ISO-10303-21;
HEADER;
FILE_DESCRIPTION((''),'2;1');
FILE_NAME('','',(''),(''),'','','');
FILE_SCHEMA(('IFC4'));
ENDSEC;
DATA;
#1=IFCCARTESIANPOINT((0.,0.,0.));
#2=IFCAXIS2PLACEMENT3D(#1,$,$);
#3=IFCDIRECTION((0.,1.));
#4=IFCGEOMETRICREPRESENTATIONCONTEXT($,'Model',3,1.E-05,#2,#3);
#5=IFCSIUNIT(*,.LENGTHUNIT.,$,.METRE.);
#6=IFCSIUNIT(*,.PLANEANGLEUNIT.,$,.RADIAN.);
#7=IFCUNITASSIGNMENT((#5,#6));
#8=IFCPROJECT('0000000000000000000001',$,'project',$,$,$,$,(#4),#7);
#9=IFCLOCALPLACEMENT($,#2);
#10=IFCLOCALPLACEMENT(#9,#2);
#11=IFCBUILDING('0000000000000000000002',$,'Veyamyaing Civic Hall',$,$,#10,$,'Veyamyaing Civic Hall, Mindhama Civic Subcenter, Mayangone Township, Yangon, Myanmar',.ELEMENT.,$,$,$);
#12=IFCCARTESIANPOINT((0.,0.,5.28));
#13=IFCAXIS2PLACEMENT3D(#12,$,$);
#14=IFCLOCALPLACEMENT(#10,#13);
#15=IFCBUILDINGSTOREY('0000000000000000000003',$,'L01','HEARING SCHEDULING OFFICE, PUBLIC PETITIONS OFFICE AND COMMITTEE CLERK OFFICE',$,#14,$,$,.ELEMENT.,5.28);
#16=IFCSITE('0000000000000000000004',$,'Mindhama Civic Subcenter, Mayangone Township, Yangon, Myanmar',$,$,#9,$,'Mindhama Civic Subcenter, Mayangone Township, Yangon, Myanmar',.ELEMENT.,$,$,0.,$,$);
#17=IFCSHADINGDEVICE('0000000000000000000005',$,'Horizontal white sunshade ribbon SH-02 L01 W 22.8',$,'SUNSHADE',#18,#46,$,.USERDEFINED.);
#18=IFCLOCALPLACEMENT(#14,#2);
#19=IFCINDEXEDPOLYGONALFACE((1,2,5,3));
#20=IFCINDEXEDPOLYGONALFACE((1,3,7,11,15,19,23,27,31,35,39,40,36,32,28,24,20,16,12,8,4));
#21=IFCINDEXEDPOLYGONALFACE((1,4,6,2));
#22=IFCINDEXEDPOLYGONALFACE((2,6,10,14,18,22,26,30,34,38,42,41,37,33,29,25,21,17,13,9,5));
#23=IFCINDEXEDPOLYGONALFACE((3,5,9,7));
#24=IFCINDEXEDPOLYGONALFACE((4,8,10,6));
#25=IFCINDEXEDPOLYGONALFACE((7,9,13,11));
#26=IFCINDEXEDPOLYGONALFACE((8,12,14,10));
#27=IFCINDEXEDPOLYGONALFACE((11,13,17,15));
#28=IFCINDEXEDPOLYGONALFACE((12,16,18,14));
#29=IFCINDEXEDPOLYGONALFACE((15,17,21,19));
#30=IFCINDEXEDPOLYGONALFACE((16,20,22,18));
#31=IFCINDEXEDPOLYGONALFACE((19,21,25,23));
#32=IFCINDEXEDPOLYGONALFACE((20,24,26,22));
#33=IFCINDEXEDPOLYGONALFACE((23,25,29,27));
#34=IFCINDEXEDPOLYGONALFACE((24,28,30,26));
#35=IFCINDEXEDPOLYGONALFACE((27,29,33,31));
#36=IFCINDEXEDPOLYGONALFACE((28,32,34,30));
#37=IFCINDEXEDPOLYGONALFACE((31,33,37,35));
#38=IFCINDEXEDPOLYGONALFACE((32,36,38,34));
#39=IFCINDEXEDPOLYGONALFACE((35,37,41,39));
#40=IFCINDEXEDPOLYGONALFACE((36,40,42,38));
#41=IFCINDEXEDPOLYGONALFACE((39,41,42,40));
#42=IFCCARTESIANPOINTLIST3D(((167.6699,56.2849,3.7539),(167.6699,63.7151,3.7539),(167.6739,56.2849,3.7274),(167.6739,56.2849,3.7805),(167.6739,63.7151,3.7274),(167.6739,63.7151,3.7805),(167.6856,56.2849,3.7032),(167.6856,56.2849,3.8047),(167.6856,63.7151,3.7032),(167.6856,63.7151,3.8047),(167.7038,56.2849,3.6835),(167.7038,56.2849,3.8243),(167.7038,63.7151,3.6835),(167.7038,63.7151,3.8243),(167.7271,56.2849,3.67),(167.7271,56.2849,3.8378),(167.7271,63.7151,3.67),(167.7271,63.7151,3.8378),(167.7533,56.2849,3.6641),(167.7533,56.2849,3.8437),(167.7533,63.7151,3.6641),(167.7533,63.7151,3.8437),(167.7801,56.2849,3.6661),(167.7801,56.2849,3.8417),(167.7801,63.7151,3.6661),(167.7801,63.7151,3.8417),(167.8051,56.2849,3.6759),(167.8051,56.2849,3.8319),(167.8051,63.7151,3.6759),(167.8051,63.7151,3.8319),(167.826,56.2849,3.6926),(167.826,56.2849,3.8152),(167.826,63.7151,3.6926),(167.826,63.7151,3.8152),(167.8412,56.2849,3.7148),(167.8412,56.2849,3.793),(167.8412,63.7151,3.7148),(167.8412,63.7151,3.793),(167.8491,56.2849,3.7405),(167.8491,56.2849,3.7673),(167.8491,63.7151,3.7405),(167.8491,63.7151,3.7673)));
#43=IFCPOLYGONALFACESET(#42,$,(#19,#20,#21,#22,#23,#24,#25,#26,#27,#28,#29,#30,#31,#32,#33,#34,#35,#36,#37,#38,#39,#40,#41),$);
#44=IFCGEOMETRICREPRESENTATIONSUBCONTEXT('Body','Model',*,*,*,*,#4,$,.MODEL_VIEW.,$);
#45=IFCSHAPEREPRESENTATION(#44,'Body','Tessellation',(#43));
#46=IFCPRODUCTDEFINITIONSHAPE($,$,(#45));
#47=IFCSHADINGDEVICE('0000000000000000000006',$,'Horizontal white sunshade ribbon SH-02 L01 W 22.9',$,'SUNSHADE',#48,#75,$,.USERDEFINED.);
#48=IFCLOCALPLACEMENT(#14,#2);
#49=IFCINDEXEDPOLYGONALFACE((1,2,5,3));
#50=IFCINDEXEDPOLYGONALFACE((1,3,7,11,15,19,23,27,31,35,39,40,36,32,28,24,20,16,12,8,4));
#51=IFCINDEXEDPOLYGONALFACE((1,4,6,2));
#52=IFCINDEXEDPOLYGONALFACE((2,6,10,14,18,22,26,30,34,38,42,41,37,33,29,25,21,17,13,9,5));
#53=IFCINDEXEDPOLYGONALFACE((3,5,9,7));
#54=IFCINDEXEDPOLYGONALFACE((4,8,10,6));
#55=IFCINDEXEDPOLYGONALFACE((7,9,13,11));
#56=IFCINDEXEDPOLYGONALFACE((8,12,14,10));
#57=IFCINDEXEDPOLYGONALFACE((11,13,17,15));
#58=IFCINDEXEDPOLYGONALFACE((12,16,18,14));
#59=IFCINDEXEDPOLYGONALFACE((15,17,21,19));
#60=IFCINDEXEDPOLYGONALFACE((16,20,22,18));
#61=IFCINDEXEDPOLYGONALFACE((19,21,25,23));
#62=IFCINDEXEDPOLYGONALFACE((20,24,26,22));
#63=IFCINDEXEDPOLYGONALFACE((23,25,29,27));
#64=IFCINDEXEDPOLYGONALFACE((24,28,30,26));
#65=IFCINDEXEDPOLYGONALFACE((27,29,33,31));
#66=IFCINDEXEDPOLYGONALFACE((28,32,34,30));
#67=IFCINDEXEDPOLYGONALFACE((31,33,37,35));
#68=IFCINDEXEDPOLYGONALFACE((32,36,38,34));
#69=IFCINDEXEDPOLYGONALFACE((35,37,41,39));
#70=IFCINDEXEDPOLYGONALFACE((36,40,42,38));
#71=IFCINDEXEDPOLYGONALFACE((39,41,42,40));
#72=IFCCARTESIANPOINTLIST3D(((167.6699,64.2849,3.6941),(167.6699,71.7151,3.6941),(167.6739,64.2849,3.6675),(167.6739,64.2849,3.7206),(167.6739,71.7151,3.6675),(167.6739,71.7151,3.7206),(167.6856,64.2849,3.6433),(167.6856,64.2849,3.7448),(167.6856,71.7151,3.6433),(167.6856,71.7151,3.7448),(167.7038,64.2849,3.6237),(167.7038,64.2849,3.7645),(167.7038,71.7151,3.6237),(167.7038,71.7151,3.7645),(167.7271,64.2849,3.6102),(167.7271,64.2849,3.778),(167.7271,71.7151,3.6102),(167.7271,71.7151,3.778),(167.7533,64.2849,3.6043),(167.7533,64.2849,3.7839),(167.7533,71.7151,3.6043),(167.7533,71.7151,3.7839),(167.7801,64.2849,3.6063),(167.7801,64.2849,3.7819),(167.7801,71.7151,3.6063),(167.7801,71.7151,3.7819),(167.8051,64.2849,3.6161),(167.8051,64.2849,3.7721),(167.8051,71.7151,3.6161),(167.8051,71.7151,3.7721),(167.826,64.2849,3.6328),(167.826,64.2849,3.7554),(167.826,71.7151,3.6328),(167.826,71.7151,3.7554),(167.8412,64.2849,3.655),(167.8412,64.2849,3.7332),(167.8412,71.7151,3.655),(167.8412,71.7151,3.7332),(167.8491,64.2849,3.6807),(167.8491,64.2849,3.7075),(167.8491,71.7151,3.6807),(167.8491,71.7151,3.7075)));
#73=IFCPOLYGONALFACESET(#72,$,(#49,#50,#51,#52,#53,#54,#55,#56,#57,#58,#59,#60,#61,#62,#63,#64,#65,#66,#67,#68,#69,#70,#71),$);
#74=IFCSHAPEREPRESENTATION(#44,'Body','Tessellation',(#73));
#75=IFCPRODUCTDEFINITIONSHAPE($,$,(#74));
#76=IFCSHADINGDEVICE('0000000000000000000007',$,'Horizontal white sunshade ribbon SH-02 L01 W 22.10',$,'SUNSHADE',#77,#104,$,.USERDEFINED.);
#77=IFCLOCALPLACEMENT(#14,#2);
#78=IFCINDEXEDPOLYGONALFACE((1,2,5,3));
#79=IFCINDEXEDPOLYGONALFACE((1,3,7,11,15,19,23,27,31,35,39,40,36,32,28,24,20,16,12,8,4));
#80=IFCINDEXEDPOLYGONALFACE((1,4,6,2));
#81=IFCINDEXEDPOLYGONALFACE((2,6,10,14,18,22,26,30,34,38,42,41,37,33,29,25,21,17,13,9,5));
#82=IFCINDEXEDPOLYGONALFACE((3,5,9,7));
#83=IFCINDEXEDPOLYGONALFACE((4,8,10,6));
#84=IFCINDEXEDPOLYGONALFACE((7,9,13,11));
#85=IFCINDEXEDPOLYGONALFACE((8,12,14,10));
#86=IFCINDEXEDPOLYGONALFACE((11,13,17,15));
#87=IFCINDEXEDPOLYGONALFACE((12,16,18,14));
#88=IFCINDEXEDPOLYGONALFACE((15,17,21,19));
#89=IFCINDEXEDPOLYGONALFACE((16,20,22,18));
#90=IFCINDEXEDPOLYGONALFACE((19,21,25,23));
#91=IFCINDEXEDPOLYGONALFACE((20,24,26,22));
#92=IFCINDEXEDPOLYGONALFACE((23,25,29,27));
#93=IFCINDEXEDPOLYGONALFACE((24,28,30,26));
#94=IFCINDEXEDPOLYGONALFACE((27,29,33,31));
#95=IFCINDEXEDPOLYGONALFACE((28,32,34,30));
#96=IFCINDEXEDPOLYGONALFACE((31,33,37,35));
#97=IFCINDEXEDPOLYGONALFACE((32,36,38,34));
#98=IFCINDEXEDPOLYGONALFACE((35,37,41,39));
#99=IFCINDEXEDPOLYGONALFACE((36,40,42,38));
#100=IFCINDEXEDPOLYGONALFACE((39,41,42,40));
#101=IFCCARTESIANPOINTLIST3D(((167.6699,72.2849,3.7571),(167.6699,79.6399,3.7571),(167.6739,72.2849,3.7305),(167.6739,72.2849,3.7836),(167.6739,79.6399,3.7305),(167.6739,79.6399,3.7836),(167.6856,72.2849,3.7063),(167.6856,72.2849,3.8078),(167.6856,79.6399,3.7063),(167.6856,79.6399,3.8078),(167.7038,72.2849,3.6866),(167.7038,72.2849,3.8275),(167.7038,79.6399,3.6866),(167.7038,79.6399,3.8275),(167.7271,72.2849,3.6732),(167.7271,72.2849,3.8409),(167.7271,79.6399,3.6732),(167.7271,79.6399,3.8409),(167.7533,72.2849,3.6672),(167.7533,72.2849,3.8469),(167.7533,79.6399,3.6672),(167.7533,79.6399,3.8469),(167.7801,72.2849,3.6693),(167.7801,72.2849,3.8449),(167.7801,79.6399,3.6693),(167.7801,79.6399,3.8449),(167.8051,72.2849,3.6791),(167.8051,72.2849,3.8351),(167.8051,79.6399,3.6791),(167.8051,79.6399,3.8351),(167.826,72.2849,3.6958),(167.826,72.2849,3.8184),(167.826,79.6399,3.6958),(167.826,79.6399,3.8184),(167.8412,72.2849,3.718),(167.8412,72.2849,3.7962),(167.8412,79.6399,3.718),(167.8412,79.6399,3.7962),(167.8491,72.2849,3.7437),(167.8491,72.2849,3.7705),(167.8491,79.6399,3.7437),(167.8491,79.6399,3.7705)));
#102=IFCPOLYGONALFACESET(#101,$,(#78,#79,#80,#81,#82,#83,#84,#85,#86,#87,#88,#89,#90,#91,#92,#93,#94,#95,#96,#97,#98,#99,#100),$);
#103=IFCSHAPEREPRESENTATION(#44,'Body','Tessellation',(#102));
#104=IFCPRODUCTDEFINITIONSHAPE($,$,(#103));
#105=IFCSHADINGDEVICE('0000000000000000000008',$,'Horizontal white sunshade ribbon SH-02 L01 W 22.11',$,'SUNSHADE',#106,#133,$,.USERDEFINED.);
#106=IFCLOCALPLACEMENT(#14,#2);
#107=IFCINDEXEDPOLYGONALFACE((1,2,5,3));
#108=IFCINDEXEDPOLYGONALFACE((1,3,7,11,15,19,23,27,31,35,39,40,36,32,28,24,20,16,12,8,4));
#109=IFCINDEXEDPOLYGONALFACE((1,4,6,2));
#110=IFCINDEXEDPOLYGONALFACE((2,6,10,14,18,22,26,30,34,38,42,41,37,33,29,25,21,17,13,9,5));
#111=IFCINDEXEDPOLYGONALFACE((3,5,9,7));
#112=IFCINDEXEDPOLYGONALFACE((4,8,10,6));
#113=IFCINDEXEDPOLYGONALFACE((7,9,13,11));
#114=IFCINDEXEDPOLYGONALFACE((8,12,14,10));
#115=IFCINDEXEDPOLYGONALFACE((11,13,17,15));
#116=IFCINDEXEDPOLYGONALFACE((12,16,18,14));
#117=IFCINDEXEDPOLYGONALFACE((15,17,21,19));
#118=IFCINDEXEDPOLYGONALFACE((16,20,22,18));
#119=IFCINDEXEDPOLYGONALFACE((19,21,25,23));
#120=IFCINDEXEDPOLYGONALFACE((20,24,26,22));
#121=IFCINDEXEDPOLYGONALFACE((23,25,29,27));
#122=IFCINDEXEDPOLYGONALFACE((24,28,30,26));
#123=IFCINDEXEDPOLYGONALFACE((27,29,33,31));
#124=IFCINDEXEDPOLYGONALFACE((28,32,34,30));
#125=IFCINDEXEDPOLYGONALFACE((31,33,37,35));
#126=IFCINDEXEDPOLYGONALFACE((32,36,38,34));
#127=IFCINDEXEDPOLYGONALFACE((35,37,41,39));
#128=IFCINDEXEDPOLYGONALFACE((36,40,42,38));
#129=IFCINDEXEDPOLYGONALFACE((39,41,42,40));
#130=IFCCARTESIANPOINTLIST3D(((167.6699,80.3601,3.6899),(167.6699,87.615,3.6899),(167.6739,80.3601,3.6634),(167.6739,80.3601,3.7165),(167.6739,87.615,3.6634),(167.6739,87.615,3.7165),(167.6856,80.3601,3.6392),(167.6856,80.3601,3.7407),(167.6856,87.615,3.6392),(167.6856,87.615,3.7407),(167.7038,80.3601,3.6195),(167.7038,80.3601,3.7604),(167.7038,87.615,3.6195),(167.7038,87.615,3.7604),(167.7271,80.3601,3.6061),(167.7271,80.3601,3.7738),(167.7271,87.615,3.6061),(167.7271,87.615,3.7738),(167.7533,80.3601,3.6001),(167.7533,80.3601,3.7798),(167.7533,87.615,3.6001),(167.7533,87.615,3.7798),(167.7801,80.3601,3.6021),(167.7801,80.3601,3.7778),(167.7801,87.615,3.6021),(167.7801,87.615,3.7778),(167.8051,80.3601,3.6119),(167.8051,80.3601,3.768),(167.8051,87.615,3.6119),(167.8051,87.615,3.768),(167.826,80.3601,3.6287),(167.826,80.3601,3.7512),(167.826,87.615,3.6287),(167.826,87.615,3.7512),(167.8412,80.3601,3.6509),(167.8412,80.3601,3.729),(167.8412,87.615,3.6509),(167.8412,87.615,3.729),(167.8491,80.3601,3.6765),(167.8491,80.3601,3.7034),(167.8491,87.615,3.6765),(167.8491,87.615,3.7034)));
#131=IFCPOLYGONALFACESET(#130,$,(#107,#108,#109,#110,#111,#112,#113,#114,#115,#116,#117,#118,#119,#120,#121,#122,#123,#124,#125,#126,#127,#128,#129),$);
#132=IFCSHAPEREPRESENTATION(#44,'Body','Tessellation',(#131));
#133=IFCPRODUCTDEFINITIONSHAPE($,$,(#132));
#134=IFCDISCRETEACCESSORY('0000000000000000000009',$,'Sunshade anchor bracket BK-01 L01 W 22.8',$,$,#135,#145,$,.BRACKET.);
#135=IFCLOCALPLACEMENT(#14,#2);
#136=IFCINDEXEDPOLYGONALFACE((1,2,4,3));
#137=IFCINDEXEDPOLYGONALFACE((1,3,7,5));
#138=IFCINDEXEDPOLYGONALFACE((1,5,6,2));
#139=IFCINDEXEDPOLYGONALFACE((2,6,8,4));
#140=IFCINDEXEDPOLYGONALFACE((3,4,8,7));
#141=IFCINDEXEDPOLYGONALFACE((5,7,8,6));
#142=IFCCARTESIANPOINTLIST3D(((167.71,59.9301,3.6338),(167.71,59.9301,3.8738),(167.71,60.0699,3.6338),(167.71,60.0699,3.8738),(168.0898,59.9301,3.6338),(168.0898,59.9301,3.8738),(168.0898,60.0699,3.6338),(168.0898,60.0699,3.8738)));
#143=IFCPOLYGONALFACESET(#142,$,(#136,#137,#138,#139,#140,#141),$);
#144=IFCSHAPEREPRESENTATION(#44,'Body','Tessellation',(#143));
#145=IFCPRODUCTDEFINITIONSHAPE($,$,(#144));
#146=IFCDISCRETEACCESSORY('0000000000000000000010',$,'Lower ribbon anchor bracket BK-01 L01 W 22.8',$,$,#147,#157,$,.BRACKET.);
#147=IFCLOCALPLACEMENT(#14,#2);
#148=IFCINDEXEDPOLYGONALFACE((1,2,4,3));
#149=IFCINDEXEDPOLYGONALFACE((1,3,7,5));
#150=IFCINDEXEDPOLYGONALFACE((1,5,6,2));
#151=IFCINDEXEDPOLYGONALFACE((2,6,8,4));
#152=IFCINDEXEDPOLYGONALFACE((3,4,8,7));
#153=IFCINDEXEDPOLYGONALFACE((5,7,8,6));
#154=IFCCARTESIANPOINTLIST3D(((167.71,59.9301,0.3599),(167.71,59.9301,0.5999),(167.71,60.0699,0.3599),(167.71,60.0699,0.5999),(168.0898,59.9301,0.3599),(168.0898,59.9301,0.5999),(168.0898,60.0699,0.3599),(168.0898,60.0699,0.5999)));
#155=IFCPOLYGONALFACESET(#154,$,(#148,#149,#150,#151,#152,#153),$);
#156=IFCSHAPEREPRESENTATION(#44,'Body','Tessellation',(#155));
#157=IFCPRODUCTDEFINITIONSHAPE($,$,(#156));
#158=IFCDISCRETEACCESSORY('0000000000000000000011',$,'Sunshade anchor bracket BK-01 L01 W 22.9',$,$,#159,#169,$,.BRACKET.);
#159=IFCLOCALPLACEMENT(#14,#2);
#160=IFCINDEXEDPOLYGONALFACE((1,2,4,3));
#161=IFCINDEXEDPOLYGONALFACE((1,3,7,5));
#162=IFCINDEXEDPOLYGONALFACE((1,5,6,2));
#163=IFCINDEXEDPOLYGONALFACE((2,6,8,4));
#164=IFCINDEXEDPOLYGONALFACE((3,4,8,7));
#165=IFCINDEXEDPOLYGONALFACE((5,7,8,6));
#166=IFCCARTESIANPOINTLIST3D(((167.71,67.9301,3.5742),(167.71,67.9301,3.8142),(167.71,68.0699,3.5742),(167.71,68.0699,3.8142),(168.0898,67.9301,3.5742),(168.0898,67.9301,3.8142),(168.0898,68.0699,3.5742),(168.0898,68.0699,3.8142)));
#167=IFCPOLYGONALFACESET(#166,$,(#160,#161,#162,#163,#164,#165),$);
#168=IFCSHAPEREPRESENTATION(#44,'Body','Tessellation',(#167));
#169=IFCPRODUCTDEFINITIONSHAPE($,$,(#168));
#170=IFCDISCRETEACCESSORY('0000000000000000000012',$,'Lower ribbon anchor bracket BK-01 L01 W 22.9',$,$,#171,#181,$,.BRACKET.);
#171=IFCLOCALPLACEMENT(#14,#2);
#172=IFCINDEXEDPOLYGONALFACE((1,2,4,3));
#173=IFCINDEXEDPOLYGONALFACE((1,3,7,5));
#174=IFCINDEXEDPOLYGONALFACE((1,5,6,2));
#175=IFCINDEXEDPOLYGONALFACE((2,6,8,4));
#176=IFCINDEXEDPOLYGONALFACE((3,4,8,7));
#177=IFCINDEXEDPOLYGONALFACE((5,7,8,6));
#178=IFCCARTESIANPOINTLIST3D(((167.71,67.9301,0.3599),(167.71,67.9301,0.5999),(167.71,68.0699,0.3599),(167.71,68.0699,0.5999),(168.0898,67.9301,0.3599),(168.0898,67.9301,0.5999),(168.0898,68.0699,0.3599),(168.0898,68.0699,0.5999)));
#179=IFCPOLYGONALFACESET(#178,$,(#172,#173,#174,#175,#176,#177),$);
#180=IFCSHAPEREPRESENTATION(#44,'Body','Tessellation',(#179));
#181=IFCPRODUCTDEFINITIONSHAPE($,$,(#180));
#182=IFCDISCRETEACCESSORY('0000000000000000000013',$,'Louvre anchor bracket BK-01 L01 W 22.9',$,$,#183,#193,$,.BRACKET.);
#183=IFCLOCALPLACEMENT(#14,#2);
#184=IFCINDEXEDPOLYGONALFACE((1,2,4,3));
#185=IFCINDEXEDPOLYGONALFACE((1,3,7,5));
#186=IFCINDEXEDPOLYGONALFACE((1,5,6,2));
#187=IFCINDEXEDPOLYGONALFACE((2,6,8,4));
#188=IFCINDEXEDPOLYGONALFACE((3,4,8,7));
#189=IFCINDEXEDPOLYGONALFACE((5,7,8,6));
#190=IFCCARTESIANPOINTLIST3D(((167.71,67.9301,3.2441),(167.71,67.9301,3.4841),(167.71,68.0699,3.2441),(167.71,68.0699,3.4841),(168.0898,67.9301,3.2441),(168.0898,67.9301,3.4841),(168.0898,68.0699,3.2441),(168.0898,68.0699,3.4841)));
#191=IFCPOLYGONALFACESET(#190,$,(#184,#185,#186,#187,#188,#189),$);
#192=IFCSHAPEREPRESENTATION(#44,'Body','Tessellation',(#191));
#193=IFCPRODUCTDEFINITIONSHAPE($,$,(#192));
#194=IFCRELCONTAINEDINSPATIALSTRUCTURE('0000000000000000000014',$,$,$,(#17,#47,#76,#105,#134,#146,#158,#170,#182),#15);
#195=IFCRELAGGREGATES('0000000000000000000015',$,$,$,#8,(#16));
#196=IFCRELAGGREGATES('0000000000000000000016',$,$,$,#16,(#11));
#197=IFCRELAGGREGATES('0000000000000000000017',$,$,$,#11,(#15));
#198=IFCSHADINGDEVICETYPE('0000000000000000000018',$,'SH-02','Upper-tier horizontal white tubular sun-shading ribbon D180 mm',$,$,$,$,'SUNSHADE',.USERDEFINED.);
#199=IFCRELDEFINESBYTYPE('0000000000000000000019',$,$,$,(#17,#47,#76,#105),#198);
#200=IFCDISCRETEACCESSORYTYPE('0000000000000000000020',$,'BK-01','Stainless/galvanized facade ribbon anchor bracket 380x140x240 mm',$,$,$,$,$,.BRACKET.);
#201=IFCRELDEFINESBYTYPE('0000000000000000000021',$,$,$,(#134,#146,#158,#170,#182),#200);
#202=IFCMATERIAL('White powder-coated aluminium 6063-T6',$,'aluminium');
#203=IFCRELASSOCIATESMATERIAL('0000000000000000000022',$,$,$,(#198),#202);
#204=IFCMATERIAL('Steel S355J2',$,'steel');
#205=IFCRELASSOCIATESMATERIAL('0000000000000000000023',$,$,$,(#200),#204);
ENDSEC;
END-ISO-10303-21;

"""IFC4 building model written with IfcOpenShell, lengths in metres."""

from ifc_helpers import new_model, si_unit, direction, frame, origin, origin_2d, place, context, subcontext, project, spatial, rectangle, circle, extrude, material, material_profile, profile_set, type_object, element, save


model = new_model("IFC4")

# Units and contexts
model_context = context("Model", 3, precision=1e-05, world=origin(), true_north=direction((0.0, 1.0)))
body_context = subcontext(model_context, "Body", "Model", "MODEL_VIEW")
ifc_project = project(units=[si_unit("LENGTHUNIT", "METRE"), si_unit("PLANEANGLEUNIT", "RADIAN")], contexts=[model_context])

# Site, building, storey
site_placement = place(None, origin())
site = spatial("IfcSite", under=ifc_project, at=site_placement, Name="Mindhama Civic Subcenter, Mayangone Township, Yangon, Myanmar", LongName="Mindhama Civic Subcenter, Mayangone Township, Yangon, Myanmar", CompositionType="ELEMENT", RefElevation=0.0)
building_placement = place(site_placement, origin())
building = spatial("IfcBuilding", under=site, at=building_placement, Name="Veyamyaing Civic Hall", LongName="Veyamyaing Civic Hall, Mindhama Civic Subcenter, Mayangone Township, Yangon, Myanmar", CompositionType="ELEMENT")
storey_placement = place(building_placement, frame((0.0, 0.0, 5.28)))
storey = spatial("IfcBuildingStorey", under=building, at=storey_placement, Name="L01", Description="HEARING SCHEDULING OFFICE, PUBLIC PETITIONS OFFICE AND COMMITTEE CLERK OFFICE", CompositionType="ELEMENT", Elevation=5.28)

# Shared definitions
ifc_material_1 = material(Name="White powder-coated aluminium 6063-T6", Category="aluminium")

# Shading devices
ifc_material_profile_1 = material_profile(ifc_material_1, circle(Radius=0.0901, at=origin_2d()), Name="SHADE-TUBE-180")
ifc_profile_set_1 = profile_set([ifc_material_profile_1], Name="White powder-coated aluminium 6063-T6")
shading_device_type_1 = type_object("IfcShadingDeviceType", Name="SH-02", Description="Upper-tier horizontal white tubular sun-shading ribbon D180 mm", ElementType="SUNSHADE", PredefinedType="USERDEFINED", material=ifc_profile_set_1)
for number, where, z_axis, x_axis, name in (
    (1, (167.76, 56.2849, 3.7539), (0.0, 1.0, 0.0), (-1.0, 0.0, 0.0), "Horizontal white sunshade ribbon SH-02 L01 W 22.8"),
    (2, (167.76, 64.2849, 3.6941), (0.0, 1.0, 0.0), (-1.0, 0.0, 0.0), "Horizontal white sunshade ribbon SH-02 L01 W 22.9"),
):
    element("IfcShadingDevice", number, at=place(storey_placement, frame(where, z_axis=z_axis, x_axis=x_axis)), inside=storey, type_object=shading_device_type_1, Name=name, ObjectType="SUNSHADE", PredefinedType="USERDEFINED", context=body_context, shape_type="SweptSolid", body=[
        extrude(circle(Radius=0.0901, at=origin_2d()), origin(), (0.0, 0.0, 1.0), 7.4302),
    ])
shading_device_1_placement = place(storey_placement, frame((167.76, 72.2849, 3.7571), z_axis=(0.0, 1.0, 0.0), x_axis=(-1.0, 0.0, 0.0)))
element("IfcShadingDevice", 3, at=shading_device_1_placement, inside=storey, type_object=shading_device_type_1, Name="Horizontal white sunshade ribbon SH-02 L01 W 22.10", ObjectType="SUNSHADE", PredefinedType="USERDEFINED", context=body_context, shape_type="SweptSolid", body=[
    extrude(circle(Radius=0.0901, at=origin_2d()), origin(), (0.0, 0.0, 1.0), 7.355),
])
shading_device_2_placement = place(storey_placement, frame((167.76, 80.3601, 3.6899), z_axis=(0.0, 1.0, 0.0), x_axis=(-1.0, 0.0, 0.0)))
element("IfcShadingDevice", 4, at=shading_device_2_placement, inside=storey, type_object=shading_device_type_1, Name="Horizontal white sunshade ribbon SH-02 L01 W 22.11", ObjectType="SUNSHADE", PredefinedType="USERDEFINED", context=body_context, shape_type="SweptSolid", body=[
    extrude(circle(Radius=0.0901, at=origin_2d()), origin(), (0.0, 0.0, 1.0), 7.2549),
])

# Discrete accessories
ifc_material_2 = material(Name="Steel S355J2", Category="steel")
discrete_accessory_type = type_object("IfcDiscreteAccessoryType", Name="BK-01", Description="Stainless/galvanized facade ribbon anchor bracket 380x140x240 mm", PredefinedType="BRACKET", material=ifc_material_2)
for number, where, z_axis, x_axis, name in (
    (5, (167.8999, 60.0, 3.6338), (0.0, 0.0, 1.0), (-1.0, 0.0, 0.0), "Sunshade anchor bracket BK-01 L01 W 22.8"),
    (6, (167.8999, 60.0, 0.3599), (0.0, 0.0, 1.0), (-1.0, 0.0, 0.0), "Lower ribbon anchor bracket BK-01 L01 W 22.8"),
    (7, (167.8999, 68.0, 3.5742), (0.0, 0.0, 1.0), (-1.0, 0.0, 0.0), "Sunshade anchor bracket BK-01 L01 W 22.9"),
    (8, (167.8999, 68.0, 0.3599), (0.0, 0.0, 1.0), (-1.0, 0.0, 0.0), "Lower ribbon anchor bracket BK-01 L01 W 22.9"),
    (9, (167.8999, 68.0, 3.2441), (0.0, 0.0, 1.0), (-1.0, 0.0, 0.0), "Louvre anchor bracket BK-01 L01 W 22.9"),
):
    element("IfcDiscreteAccessory", number, at=place(storey_placement, frame(where, z_axis=z_axis, x_axis=x_axis)), inside=storey, type_object=discrete_accessory_type, Name=name, PredefinedType="BRACKET", context=body_context, shape_type="SweptSolid", body=[
        extrude(rectangle(XDim=0.3799, YDim=0.1399, at=origin_2d()), origin(), (0.0, 0.0, 1.0), 0.24),
    ])

save(model, "model.ifc")
